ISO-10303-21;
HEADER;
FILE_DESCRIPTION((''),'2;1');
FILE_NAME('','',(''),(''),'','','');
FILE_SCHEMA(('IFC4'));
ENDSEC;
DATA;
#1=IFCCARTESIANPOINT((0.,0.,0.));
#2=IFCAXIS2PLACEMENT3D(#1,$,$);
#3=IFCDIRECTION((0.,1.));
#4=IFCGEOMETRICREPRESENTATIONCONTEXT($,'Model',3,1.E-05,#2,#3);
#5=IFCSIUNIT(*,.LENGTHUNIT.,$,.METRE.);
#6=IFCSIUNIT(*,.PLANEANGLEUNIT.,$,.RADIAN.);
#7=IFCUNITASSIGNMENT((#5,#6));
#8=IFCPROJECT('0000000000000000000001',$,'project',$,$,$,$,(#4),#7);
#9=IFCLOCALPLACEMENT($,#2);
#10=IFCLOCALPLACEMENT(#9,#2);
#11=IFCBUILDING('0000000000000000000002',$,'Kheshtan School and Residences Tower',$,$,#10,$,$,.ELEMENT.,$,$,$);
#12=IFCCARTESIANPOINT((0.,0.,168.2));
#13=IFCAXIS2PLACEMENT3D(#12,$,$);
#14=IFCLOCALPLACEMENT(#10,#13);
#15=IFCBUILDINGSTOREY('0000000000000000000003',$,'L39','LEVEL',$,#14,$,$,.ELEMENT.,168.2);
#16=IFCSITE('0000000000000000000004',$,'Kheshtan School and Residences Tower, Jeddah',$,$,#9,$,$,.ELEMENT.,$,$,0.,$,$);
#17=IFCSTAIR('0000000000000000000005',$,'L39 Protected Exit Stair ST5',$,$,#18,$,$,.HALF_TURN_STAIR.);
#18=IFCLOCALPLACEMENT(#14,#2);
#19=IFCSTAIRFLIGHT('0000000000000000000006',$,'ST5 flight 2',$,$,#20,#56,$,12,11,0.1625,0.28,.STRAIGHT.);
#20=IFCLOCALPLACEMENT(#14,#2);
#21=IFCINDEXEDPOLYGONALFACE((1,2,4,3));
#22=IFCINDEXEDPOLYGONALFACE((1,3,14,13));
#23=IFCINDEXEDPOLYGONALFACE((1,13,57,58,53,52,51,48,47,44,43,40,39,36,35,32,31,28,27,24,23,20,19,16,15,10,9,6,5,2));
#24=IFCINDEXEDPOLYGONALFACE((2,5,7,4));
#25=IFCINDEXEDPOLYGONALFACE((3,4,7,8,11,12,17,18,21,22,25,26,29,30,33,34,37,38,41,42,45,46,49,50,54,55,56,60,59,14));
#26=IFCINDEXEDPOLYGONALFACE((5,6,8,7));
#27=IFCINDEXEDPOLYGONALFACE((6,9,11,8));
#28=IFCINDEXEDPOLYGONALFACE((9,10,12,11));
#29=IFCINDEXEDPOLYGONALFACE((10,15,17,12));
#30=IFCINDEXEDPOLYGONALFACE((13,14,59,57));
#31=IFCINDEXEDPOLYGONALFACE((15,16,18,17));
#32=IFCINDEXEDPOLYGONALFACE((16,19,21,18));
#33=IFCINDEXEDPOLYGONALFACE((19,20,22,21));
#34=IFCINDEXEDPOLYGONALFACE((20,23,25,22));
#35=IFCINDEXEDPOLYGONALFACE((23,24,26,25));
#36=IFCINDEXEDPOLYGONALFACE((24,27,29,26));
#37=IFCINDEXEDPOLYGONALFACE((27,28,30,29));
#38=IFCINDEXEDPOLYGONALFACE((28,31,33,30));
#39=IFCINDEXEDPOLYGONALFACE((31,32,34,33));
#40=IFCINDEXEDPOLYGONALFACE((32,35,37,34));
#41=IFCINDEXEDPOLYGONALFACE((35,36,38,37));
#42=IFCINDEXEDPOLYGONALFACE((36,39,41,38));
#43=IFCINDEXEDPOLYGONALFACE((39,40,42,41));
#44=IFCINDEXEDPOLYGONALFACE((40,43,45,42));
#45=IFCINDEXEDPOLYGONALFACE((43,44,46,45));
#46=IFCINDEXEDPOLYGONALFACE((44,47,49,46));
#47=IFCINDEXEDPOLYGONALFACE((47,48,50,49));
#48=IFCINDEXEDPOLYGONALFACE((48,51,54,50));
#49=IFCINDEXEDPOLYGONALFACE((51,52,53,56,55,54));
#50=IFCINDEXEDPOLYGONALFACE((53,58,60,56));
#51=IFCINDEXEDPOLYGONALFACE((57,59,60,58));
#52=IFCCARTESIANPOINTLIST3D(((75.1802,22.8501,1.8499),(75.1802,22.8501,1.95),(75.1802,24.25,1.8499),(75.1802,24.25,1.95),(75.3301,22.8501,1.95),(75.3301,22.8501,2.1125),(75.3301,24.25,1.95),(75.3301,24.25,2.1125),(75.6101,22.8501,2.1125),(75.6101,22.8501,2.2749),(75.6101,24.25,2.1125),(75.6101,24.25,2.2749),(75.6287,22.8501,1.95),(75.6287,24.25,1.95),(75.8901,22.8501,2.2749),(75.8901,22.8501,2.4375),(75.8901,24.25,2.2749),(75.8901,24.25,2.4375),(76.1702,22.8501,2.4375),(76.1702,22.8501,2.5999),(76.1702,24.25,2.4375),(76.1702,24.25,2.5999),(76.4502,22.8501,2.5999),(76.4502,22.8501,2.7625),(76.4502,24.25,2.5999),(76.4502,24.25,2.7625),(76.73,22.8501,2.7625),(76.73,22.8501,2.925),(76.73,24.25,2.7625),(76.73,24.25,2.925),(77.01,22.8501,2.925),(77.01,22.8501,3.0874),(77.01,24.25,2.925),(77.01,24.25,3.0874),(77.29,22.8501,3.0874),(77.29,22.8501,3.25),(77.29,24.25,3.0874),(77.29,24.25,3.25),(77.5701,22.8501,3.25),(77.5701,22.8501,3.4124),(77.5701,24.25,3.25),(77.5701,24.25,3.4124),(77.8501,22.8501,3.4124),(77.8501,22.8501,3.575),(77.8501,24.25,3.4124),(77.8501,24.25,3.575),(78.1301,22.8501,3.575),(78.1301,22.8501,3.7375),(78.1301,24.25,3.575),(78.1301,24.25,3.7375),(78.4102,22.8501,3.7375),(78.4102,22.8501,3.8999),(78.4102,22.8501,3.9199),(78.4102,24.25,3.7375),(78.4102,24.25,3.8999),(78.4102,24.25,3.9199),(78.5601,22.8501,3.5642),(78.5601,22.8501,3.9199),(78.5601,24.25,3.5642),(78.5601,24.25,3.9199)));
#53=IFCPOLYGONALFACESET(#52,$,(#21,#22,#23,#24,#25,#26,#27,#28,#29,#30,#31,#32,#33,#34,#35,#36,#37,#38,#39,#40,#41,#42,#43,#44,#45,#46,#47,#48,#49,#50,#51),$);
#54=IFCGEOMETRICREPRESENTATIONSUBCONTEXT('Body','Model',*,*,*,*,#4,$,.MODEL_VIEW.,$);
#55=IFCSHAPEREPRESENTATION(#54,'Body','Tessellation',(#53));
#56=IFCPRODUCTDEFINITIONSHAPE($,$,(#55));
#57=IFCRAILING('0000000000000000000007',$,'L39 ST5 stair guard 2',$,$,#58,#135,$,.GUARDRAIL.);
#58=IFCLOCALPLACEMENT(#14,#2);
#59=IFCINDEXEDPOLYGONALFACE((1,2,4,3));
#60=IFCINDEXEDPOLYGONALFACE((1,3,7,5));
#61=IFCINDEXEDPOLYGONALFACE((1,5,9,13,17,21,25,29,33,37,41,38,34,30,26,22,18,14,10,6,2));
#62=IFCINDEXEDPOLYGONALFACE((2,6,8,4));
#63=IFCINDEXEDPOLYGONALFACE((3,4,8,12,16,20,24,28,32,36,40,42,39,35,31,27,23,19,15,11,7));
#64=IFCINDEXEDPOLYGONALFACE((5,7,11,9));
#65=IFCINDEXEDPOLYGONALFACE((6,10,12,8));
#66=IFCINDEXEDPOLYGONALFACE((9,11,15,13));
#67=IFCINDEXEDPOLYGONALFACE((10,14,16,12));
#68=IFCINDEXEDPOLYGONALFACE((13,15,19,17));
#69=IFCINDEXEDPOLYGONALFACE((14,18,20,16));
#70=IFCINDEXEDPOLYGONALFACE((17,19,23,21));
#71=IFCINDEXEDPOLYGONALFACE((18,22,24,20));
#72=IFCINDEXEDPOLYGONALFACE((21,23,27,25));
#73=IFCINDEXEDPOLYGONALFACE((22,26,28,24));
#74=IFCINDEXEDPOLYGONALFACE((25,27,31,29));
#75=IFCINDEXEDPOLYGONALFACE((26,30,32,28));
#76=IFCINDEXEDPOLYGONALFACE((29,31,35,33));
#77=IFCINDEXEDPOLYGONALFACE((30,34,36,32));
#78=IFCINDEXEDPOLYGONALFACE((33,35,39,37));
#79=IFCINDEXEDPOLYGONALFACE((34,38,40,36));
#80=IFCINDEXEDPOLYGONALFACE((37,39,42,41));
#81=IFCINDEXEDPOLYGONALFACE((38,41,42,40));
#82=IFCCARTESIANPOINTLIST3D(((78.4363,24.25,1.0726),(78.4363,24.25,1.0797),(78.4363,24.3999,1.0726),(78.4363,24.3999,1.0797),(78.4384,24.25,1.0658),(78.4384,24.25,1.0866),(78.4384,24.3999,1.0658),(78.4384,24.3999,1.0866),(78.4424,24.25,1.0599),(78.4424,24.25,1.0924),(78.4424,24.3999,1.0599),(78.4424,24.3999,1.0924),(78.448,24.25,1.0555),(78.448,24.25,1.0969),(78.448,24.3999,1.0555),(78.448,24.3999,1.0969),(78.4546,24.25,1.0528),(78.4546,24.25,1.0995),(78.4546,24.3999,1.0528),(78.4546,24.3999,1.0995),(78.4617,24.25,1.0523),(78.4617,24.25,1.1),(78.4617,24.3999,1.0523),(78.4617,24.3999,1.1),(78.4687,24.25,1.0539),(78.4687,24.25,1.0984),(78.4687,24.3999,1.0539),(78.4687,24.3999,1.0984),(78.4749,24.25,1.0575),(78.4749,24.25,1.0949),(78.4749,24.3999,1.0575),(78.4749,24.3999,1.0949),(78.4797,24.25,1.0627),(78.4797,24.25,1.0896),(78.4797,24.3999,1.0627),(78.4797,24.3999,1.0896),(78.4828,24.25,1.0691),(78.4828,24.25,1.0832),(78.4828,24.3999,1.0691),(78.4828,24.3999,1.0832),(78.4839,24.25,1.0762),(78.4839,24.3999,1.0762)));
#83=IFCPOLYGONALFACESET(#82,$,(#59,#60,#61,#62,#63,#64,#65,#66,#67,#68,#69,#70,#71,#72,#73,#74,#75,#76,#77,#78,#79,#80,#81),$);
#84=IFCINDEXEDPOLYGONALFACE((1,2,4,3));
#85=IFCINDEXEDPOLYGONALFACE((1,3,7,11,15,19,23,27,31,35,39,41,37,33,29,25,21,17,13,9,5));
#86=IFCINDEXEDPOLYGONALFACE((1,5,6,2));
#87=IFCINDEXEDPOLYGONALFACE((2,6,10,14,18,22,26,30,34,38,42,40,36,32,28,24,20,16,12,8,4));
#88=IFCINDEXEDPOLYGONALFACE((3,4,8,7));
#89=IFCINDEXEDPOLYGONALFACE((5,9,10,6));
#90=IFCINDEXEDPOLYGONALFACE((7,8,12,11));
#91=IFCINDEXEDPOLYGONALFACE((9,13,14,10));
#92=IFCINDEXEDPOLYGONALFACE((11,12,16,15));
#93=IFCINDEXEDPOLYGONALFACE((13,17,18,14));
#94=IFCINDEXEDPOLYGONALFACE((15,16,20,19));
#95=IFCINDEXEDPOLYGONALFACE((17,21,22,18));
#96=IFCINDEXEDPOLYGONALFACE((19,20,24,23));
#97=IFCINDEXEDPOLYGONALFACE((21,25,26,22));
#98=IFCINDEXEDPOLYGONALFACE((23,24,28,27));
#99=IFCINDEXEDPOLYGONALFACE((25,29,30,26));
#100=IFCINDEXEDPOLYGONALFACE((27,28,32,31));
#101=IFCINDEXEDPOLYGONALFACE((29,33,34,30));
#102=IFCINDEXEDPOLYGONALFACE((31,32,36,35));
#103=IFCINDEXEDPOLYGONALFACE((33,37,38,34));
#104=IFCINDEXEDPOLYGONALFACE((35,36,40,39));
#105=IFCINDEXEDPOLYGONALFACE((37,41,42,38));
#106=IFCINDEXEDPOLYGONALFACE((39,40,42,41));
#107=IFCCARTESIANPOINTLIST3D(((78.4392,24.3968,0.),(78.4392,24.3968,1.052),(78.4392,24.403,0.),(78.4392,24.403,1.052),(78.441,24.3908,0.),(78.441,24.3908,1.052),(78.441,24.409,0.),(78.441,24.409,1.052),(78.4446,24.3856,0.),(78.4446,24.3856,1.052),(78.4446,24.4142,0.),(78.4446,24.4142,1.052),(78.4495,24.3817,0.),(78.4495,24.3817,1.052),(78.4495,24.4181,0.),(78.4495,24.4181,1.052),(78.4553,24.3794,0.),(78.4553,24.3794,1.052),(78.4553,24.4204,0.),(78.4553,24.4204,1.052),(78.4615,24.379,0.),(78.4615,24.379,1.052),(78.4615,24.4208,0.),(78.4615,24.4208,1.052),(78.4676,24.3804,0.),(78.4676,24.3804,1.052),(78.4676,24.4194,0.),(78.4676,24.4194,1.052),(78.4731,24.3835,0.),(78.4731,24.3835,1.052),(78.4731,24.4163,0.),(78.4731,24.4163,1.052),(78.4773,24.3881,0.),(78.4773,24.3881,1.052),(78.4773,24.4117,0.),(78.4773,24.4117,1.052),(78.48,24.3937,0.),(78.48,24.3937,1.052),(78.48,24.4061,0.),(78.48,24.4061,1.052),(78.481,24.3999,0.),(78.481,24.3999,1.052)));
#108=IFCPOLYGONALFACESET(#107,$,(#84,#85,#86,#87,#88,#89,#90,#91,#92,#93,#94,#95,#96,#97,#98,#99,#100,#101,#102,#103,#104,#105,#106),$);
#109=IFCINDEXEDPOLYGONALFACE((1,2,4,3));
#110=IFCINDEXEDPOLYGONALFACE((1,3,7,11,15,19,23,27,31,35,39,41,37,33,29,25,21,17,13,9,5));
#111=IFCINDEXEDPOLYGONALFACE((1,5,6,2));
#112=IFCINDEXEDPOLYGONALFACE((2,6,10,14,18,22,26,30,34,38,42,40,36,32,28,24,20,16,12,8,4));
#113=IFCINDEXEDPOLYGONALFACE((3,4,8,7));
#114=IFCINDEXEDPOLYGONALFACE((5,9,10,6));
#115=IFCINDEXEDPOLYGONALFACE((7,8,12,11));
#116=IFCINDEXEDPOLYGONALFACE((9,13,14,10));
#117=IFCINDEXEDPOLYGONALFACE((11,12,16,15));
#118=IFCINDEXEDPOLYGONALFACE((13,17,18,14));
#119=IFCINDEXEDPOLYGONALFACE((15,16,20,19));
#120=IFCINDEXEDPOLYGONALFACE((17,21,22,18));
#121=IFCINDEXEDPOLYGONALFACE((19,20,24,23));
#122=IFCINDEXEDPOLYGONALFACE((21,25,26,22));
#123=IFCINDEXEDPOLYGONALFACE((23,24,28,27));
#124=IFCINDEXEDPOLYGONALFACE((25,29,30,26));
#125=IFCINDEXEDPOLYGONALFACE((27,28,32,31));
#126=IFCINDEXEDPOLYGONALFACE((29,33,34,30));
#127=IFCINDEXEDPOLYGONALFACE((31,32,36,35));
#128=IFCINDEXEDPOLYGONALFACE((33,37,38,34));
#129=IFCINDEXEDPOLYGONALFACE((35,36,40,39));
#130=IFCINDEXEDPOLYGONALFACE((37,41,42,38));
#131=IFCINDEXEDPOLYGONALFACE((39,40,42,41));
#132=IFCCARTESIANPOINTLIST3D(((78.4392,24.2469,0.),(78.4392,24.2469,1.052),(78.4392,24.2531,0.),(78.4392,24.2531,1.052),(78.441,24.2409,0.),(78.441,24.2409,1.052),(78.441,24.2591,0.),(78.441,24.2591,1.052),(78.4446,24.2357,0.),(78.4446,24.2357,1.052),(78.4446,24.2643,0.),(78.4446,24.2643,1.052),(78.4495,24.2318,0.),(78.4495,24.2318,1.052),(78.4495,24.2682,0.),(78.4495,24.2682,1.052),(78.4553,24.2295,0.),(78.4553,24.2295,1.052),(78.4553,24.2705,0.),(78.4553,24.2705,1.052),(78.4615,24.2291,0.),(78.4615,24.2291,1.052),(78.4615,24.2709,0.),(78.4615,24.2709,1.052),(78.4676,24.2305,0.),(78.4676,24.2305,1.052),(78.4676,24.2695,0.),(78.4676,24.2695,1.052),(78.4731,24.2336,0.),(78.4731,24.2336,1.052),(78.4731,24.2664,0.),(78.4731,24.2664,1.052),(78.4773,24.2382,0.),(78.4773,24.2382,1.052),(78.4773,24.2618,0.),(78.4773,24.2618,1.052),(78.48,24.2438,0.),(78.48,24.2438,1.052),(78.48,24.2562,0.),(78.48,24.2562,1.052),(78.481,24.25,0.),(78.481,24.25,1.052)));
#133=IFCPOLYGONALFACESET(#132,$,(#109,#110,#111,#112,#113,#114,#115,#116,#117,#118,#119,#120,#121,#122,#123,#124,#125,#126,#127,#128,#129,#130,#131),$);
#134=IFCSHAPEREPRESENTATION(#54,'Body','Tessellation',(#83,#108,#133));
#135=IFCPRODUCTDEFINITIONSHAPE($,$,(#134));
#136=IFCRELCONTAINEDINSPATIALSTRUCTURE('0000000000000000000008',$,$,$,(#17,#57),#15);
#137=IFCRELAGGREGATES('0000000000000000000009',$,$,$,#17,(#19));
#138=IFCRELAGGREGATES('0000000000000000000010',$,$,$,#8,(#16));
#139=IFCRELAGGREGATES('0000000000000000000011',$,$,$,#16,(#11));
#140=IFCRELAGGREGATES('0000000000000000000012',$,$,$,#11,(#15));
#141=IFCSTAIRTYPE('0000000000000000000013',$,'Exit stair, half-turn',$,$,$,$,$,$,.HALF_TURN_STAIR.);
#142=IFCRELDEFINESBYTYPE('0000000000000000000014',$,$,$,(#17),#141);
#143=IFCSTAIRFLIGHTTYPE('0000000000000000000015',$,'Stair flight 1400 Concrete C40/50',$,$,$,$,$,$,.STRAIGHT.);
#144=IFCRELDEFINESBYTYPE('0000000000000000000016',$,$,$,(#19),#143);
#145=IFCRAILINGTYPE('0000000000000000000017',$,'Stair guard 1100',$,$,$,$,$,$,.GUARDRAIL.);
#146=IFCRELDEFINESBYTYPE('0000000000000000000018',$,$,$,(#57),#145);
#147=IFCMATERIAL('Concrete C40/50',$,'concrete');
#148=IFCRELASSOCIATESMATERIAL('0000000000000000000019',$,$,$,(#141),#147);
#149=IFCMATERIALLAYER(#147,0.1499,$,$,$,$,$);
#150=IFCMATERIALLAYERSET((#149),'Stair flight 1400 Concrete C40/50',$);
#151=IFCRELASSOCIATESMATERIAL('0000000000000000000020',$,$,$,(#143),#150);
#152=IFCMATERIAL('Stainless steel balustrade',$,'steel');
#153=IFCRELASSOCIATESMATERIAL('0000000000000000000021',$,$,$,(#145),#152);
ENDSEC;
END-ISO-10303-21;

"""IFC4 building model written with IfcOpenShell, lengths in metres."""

from ifc_helpers import new_model, si_unit, direction, frame, origin, origin_2d, place, context, subcontext, project, spatial, polyline, circle, outline, extrude, material, layer, layer_set, type_object, element, aggregate, save


model = new_model("IFC4")

# Units and contexts
model_context = context("Model", 3, precision=1e-05, world=origin(), true_north=direction((0.0, 1.0)))
body_context = subcontext(model_context, "Body", "Model", "MODEL_VIEW")
ifc_project = project(units=[si_unit("LENGTHUNIT", "METRE"), si_unit("PLANEANGLEUNIT", "RADIAN")], contexts=[model_context])

# Site, building, storey
site_placement = place(None, origin())
site = spatial("IfcSite", under=ifc_project, at=site_placement, Name="Kheshtan School and Residences Tower, Jeddah", CompositionType="ELEMENT", RefElevation=0.0)
building_placement = place(site_placement, origin())
building = spatial("IfcBuilding", under=site, at=building_placement, Name="Kheshtan School and Residences Tower", CompositionType="ELEMENT")
storey_placement = place(building_placement, frame((0.0, 0.0, 168.2)))
storey = spatial("IfcBuildingStorey", under=building, at=storey_placement, Name="L39", Description="LEVEL", CompositionType="ELEMENT", Elevation=168.2)

# Shared definitions
ifc_material_1 = material(Name="Concrete C40/50", Category="concrete")

# Stair, stair flight
stair_type = type_object("IfcStairType", Name="Exit stair, half-turn", PredefinedType="HALF_TURN_STAIR", material=ifc_material_1)
stair_placement = place(storey_placement, origin())
stair = element("IfcStair", 1, at=stair_placement, inside=storey, type_object=stair_type, Name="L39 Protected Exit Stair ST5", PredefinedType="HALF_TURN_STAIR")
ifc_layer_1 = layer(ifc_material_1, 0.1499)
ifc_layer_set_1 = layer_set([ifc_layer_1], Name="Stair flight 1400 Concrete C40/50")
stair_flight_type = type_object("IfcStairFlightType", Name="Stair flight 1400 Concrete C40/50", PredefinedType="STRAIGHT", material=ifc_layer_set_1)
stair_flight_1_placement = place(storey_placement, frame((75.3301, 23.55, 1.95), z_axis=(0.0, 0.0, 1.0), x_axis=(1.0, 0.0, 0.0)))
stair_flight_1 = element("IfcStairFlight", 2, at=stair_flight_1_placement, type_object=stair_flight_type, Name="ST5 flight 2", NumberOfRisers=12, NumberOfTreads=11, PredefinedType="STRAIGHT", RiserHeight=0.1625, TreadLength=0.28, context=body_context, shape_type="SweptSolid", body=[
    extrude(outline(polyline([(-0.1499, -0.1001), (-0.1499, 0.0), (0.0, 0.0), (0.0, 0.1626), (0.28, 0.1626), (0.28, 0.325), (0.5601, 0.325), (0.5601, 0.4875), (0.8401, 0.4875), (0.8401, 0.6499), (1.1201, 0.6499), (1.1201, 0.8125), (1.3999, 0.8125), (1.3999, 0.9751), (1.6799, 0.9751), (1.6799, 1.1375), (1.96, 1.1375), (1.96, 1.3), (2.24, 1.3), (2.24, 1.4624), (2.52, 1.4624), (2.52, 1.625), (2.8, 1.625), (2.8, 1.7876), (3.0801, 1.7876), (3.0801, 1.95), (3.0801, 1.97), (3.23, 1.97), (3.23, 1.6143), (0.2986, 0.0), (-0.1499, -0.1001)])), frame((0.0, 0.7, 0.0), z_axis=(0.0, -1.0, 0.0), x_axis=(1.0, 0.0, 0.0)), (0.0, 0.0, 1.0), 1.3999),
])
aggregate(stair, [stair_flight_1])

# Railing
ifc_material_2 = material(Name="Stainless steel balustrade", Category="steel")
railing_type_1 = type_object("IfcRailingType", Name="Stair guard 1100", PredefinedType="GUARDRAIL", material=ifc_material_2)
railing_1_placement = place(storey_placement, frame((78.46, 24.3999, 0.0)))
element("IfcRailing", 3, at=railing_1_placement, inside=storey, type_object=railing_type_1, Name="L39 ST5 stair guard 2", PredefinedType="GUARDRAIL", context=body_context, shape_type="SweptSolid", body=[
    extrude(circle(Radius=0.0239, at=origin_2d()), frame((0.0, 0.0, 1.0762), z_axis=(0.0, -1.0, 0.0), x_axis=(1.0, 0.0, 0.0)), (0.0, 0.0, 1.0), 0.1499),
    extrude(circle(Radius=0.021, at=origin_2d()), origin(), (0.0, 0.0, 1.0), 1.052),
    extrude(circle(Radius=0.021, at=origin_2d()), frame((0.0, -0.1499, 0.0)), (0.0, 0.0, 1.0), 1.052),
])

save(model, "model.ifc")
